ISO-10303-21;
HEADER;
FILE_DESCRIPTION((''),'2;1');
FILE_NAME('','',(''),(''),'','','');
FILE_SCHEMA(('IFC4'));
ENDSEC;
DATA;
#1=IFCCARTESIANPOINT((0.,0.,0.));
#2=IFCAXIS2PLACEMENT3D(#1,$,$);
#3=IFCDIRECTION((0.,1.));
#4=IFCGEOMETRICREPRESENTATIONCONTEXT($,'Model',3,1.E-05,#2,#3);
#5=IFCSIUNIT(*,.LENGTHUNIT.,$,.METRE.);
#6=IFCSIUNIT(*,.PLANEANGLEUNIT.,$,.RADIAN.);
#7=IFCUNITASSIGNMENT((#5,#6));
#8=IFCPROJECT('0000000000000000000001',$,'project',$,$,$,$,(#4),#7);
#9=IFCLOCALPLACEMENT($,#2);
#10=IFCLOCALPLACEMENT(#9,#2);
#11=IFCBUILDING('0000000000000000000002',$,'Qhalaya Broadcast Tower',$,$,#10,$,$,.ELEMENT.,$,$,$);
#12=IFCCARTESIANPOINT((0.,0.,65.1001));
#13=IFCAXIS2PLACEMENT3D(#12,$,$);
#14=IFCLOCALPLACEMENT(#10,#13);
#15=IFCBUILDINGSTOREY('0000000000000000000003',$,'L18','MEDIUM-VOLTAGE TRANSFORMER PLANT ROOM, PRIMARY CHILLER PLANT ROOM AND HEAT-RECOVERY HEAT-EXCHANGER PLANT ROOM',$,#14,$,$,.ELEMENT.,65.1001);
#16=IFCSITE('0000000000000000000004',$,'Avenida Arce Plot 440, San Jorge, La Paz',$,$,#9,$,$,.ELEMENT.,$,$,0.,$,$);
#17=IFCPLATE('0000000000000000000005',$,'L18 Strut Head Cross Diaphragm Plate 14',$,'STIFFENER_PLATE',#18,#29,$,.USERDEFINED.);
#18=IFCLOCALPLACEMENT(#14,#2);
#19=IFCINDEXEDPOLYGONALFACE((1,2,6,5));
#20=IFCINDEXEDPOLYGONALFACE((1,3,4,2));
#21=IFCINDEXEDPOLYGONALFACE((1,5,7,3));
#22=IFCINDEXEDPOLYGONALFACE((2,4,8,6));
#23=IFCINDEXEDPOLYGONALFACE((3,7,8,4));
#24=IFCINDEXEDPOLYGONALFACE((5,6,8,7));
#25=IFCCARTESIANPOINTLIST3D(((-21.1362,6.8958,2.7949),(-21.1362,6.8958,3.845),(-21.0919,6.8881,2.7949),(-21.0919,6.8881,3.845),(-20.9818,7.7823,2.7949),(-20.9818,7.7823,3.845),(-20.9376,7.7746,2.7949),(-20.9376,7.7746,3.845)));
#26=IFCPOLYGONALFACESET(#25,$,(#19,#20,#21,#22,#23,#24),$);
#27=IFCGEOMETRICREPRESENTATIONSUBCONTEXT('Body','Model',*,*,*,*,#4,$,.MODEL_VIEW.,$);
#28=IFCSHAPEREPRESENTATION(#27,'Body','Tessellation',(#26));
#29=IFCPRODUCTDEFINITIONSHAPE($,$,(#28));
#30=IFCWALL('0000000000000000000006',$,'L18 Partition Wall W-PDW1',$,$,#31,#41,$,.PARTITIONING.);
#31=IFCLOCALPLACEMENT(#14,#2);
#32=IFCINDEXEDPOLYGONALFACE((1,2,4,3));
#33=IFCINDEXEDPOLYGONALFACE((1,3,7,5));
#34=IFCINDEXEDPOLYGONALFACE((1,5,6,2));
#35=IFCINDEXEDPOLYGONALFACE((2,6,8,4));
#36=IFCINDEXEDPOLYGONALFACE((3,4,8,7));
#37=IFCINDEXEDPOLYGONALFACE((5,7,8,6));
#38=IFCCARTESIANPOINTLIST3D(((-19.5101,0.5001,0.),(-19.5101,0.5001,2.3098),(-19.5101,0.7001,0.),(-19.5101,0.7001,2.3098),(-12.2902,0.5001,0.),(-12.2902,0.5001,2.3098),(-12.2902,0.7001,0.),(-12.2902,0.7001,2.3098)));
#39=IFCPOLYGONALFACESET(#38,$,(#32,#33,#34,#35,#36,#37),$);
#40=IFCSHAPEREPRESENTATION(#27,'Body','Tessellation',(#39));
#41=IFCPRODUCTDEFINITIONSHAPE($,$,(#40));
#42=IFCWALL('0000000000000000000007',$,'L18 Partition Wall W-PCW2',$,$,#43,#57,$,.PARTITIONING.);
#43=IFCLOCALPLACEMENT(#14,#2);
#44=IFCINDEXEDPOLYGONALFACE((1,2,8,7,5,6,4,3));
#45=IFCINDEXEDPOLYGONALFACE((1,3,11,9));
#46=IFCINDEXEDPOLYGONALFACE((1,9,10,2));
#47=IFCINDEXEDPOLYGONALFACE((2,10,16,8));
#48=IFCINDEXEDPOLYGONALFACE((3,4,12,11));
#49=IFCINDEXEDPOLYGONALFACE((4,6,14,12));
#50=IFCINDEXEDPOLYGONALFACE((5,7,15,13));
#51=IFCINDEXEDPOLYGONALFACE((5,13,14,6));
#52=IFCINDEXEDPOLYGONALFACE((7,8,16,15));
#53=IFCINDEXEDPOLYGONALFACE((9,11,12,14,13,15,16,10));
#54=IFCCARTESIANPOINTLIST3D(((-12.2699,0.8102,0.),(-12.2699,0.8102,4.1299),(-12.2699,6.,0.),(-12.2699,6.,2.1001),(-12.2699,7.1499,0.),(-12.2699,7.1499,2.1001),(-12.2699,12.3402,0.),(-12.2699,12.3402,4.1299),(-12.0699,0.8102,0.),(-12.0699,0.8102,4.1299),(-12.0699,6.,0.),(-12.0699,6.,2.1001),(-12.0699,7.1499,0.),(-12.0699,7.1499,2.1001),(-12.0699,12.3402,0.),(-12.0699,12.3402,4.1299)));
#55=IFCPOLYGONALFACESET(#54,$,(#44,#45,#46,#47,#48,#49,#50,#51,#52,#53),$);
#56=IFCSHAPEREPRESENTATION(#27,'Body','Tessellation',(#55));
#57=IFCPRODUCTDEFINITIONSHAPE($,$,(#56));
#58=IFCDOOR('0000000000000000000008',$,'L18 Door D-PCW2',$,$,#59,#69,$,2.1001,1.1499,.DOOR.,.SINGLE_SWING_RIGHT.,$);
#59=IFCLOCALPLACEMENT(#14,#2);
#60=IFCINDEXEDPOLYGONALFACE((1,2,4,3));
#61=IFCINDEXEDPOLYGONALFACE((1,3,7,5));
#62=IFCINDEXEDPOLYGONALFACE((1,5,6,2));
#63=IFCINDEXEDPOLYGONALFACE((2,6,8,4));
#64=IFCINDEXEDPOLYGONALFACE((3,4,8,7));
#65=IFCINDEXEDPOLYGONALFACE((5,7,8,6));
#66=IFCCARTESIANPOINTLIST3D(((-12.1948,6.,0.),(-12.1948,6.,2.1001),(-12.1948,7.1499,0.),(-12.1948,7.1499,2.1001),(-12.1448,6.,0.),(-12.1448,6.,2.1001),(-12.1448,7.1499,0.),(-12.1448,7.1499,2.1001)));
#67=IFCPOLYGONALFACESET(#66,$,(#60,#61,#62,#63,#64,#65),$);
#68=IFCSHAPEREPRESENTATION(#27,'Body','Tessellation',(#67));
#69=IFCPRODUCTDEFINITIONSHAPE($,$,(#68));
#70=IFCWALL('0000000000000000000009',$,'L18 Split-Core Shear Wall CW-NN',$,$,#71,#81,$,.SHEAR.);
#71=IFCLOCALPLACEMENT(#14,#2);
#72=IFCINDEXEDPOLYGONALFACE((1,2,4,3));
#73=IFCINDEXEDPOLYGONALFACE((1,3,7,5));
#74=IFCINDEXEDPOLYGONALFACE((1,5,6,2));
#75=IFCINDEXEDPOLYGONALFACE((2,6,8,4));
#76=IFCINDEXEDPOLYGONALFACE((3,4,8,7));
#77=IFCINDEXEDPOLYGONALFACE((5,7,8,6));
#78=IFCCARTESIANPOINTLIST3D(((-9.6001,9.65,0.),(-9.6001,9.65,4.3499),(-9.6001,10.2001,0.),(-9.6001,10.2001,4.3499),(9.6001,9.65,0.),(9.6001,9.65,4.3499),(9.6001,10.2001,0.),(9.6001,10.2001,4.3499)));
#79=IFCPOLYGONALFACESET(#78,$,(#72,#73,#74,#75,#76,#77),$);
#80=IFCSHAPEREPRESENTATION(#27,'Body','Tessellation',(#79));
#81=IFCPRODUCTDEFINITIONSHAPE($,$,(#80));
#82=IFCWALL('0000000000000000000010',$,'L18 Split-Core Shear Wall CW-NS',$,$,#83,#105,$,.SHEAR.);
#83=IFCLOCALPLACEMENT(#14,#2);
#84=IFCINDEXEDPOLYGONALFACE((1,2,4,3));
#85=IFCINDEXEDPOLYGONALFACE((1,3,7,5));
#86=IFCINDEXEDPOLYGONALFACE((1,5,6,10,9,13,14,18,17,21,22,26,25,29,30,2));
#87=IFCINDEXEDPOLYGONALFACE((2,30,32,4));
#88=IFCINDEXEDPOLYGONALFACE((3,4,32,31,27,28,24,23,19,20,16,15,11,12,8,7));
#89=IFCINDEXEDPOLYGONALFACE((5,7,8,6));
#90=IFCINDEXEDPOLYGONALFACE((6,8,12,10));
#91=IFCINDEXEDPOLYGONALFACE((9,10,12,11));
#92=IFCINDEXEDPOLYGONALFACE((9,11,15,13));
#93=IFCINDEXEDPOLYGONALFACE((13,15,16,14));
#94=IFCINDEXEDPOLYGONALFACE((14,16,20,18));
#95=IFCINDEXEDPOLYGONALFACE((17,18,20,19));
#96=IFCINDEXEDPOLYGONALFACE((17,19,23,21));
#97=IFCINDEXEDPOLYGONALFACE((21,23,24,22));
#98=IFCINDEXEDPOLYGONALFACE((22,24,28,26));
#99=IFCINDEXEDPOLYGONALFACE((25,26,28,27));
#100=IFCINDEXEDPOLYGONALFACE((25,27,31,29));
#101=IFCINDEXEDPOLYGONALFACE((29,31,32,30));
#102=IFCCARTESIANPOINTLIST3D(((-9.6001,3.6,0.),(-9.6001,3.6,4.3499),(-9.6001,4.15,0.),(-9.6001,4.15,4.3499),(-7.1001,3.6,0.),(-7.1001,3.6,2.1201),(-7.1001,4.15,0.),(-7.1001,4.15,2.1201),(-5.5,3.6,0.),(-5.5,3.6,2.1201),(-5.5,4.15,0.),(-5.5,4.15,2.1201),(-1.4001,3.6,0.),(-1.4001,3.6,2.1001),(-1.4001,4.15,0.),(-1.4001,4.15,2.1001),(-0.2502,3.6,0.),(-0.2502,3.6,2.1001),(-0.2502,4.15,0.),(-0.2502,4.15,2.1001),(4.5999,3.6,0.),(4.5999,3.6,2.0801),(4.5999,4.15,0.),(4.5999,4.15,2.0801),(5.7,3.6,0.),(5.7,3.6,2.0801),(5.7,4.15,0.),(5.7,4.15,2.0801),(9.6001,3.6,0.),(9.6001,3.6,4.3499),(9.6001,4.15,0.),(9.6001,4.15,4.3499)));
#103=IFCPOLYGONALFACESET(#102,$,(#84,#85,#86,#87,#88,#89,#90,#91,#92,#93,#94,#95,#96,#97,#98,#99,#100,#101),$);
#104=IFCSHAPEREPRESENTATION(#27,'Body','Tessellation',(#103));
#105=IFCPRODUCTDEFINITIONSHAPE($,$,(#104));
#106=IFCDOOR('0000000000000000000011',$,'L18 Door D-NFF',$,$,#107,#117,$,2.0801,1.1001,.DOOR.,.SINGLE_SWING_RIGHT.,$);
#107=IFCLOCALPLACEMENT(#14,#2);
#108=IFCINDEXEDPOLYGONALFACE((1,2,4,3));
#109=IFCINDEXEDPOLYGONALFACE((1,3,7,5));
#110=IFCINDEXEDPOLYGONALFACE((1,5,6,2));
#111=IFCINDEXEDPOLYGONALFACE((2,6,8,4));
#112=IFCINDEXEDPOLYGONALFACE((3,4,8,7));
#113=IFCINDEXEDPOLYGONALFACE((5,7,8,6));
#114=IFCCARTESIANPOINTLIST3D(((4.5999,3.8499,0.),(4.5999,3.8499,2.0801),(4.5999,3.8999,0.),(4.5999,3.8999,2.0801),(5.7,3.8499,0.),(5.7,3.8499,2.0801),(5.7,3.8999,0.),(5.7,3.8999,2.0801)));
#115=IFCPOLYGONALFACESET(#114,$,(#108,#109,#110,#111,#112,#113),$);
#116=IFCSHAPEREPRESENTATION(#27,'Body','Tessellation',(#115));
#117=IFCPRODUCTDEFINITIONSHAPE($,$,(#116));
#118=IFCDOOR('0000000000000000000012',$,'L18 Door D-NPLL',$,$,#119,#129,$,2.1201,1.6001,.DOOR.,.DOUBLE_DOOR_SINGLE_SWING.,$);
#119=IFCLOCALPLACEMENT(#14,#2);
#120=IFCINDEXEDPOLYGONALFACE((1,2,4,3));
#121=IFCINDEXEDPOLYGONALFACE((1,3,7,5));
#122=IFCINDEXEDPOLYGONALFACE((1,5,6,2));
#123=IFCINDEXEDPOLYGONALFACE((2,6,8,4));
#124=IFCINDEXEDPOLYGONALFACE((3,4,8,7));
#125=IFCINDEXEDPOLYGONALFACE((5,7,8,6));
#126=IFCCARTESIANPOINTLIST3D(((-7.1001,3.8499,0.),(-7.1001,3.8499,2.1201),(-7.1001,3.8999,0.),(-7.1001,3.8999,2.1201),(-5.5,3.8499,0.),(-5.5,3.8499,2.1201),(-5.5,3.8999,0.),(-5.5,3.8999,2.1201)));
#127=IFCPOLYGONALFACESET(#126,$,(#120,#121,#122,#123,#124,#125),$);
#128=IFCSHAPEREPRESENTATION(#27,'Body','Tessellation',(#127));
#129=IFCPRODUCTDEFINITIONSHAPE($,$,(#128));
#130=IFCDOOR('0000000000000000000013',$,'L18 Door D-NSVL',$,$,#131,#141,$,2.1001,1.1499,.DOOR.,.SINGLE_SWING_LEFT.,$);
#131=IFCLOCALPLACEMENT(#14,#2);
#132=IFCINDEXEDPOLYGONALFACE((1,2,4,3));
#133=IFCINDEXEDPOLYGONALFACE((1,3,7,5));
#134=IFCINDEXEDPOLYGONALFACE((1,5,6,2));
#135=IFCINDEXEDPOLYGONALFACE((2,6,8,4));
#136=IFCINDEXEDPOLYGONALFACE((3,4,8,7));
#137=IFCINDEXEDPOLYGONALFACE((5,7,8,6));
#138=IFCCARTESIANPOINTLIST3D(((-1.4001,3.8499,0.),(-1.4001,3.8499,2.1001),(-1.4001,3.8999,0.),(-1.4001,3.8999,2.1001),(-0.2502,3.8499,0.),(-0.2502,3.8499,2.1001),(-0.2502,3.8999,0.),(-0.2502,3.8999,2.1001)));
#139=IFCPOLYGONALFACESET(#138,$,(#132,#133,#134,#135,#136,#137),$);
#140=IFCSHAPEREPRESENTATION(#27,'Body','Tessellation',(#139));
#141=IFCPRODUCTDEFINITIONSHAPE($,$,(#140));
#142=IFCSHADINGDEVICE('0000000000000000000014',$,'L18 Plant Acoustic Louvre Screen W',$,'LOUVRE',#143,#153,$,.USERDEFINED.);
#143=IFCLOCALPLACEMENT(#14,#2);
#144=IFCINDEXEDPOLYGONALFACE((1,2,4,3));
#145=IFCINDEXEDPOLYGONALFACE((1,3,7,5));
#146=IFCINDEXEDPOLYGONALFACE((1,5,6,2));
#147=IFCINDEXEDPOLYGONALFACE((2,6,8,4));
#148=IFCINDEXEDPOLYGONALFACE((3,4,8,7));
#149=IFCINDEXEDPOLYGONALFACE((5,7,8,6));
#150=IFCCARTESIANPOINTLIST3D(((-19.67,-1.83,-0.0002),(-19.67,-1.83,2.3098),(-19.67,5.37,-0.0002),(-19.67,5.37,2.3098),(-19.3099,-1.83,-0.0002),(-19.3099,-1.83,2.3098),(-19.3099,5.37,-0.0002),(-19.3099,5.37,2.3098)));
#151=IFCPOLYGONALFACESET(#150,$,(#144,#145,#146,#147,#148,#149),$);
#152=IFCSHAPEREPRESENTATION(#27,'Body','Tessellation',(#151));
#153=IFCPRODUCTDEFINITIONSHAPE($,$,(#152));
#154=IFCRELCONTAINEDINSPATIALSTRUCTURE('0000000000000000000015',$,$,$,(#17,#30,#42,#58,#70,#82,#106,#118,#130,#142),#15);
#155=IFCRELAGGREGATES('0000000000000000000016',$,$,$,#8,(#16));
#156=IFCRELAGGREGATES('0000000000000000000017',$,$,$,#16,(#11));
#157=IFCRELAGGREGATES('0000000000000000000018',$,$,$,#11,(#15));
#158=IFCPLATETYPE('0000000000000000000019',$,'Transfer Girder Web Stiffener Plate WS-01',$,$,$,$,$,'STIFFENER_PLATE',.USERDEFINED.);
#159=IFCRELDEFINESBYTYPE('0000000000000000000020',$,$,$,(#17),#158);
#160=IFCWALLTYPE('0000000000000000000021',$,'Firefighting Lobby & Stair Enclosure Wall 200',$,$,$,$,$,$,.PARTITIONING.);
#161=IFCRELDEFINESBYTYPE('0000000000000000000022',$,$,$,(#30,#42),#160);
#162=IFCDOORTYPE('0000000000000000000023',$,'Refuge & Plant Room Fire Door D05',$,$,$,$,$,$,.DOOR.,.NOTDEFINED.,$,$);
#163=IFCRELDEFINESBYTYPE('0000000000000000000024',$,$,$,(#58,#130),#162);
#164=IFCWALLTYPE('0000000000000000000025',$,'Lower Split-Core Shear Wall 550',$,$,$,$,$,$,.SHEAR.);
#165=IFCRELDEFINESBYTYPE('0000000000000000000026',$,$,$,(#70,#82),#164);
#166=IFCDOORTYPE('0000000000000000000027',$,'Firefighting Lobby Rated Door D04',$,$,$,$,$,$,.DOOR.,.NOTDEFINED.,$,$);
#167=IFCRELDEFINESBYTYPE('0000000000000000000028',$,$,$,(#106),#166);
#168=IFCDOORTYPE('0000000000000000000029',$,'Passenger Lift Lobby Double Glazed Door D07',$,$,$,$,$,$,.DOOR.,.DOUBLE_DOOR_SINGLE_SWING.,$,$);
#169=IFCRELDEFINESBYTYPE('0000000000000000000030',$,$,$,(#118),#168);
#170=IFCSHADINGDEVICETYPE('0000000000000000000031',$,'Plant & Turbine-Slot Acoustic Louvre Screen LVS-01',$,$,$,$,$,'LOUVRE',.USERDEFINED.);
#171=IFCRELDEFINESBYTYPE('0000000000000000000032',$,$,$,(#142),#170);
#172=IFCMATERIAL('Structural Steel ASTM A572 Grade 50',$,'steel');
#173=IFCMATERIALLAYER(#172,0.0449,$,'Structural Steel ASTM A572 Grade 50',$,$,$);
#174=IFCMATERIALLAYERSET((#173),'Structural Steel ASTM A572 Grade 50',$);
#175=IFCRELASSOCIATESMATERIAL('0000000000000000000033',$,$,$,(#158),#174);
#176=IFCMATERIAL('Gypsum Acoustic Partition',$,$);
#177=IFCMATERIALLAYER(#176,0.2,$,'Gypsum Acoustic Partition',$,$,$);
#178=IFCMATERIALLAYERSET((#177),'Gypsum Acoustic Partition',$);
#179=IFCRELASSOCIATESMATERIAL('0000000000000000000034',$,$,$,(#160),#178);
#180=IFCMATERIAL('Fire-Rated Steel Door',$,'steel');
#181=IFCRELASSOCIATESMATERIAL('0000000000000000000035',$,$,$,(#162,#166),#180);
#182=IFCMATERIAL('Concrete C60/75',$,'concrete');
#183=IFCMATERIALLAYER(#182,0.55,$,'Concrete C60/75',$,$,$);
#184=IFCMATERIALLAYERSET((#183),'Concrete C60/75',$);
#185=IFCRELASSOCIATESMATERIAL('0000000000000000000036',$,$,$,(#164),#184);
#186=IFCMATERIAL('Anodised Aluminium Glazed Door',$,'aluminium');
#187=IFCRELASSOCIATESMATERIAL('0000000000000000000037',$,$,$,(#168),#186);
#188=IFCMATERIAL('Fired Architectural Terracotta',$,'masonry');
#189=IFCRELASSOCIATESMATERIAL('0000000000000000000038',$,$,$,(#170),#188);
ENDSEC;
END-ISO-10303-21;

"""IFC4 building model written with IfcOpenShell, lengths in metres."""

from ifc_helpers import new_model, si_unit, direction, frame, frame_2d, origin, origin_2d, place, context, subcontext, project, spatial, rectangle, extrude, material, layer, layer_set, type_object, element, fill, save


model = new_model("IFC4")

# Units and contexts
model_context = context("Model", 3, precision=1e-05, world=origin(), true_north=direction((0.0, 1.0)))
body_context = subcontext(model_context, "Body", "Model", "MODEL_VIEW")
ifc_project = project(units=[si_unit("LENGTHUNIT", "METRE"), si_unit("PLANEANGLEUNIT", "RADIAN")], contexts=[model_context])

# Site, building, storey
site_placement = place(None, origin())
site = spatial("IfcSite", under=ifc_project, at=site_placement, Name="Avenida Arce Plot 440, San Jorge, La Paz", CompositionType="ELEMENT", RefElevation=0.0)
building_placement = place(site_placement, origin())
building = spatial("IfcBuilding", under=site, at=building_placement, Name="Qhalaya Broadcast Tower", CompositionType="ELEMENT")
storey_placement = place(building_placement, frame((0.0, 0.0, 65.1001)))
storey = spatial("IfcBuildingStorey", under=building, at=storey_placement, Name="L18", Description="MEDIUM-VOLTAGE TRANSFORMER PLANT ROOM, PRIMARY CHILLER PLANT ROOM AND HEAT-RECOVERY HEAT-EXCHANGER PLANT ROOM", CompositionType="ELEMENT", Elevation=65.1001)

# Shared definitions
ifc_material_1 = material(Name="Structural Steel ASTM A572 Grade 50", Category="steel")

# Plate
ifc_layer_1 = layer(ifc_material_1, 0.0449, Name="Structural Steel ASTM A572 Grade 50")
ifc_layer_set_1 = layer_set([ifc_layer_1], Name="Structural Steel ASTM A572 Grade 50")
plate_type_1 = type_object("IfcPlateType", Name="Transfer Girder Web Stiffener Plate WS-01", ElementType="STIFFENER_PLATE", PredefinedType="USERDEFINED", material=ifc_layer_set_1)
plate_1_placement = place(storey_placement, frame((-21.0369, 7.3352, 2.7949), z_axis=(0.0, 0.0, 1.0), x_axis=(-0.171482, -0.985187, 0.0)))
element("IfcPlate", 1, at=plate_1_placement, inside=storey, type_object=plate_type_1, Name="L18 Strut Head Cross Diaphragm Plate 14", ObjectType="STIFFENER_PLATE", PredefinedType="USERDEFINED", context=body_context, shape_type="SweptSolid", body=[
    extrude(rectangle(XDim=0.8999, YDim=0.0449, at=origin_2d()), origin(), (0.0, 0.0, 1.0), 1.05),
])

# Wall
ifc_material_2 = material(Name="Gypsum Acoustic Partition")
ifc_layer_2 = layer(ifc_material_2, 0.2, Name="Gypsum Acoustic Partition")
ifc_layer_set_2 = layer_set([ifc_layer_2], Name="Gypsum Acoustic Partition")
wall_type_1 = type_object("IfcWallType", Name="Firefighting Lobby & Stair Enclosure Wall 200", PredefinedType="PARTITIONING", material=ifc_layer_set_2)
wall_1_placement = place(storey_placement, frame((-19.51, 0.6001, 0.0), z_axis=(0.0, 0.0, 1.0), x_axis=(1.0, 0.0, 0.0)))
element("IfcWall", 2, at=wall_1_placement, inside=storey, type_object=wall_type_1, Name="L18 Partition Wall W-PDW1", PredefinedType="PARTITIONING", context=body_context, shape_type="SweptSolid", body=[
    extrude(rectangle(XDim=7.22, YDim=0.2, at=frame_2d((3.6099, 0.0))), origin(), (0.0, 0.0, 1.0), 2.3098),
])

# Wall, opening, door
wall_2_placement = place(storey_placement, frame((-12.1699, 0.8101, 0.0), z_axis=(0.0, 0.0, 1.0), x_axis=(0.0, 1.0, 0.0)))
wall_2 = element("IfcWall", 3, at=wall_2_placement, inside=storey, type_object=wall_type_1, Name="L18 Partition Wall W-PCW2", PredefinedType="PARTITIONING", context=body_context, shape_type="SweptSolid", body=[
    extrude(rectangle(XDim=11.53, YDim=0.2, at=frame_2d((5.7651, 0.0))), origin(), (0.0, 0.0, 1.0), 4.1299),
])
opening_1_placement = place(wall_2_placement, frame((5.1899, 0.0, 0.0)))
opening_1 = element("IfcOpeningElement", 4, at=opening_1_placement, cuts=wall_2, PredefinedType="OPENING", context=body_context, shape_type="SweptSolid", body=[
    extrude(rectangle(XDim=1.1499, YDim=2.1001, at=frame_2d((0.575, 1.05))), frame((0.0, 0.1121, 0.0), z_axis=(0.0, -1.0, 0.0), x_axis=(1.0, 0.0, 0.0)), (0.0, 0.0, 1.0), 0.2239),
])
ifc_material_3 = material(Name="Fire-Rated Steel Door", Category="steel")
door_type_1 = type_object("IfcDoorType", Name="Refuge & Plant Room Fire Door D05", OperationType="NOTDEFINED", PredefinedType="DOOR", material=ifc_material_3)
door_1_placement = place(opening_1_placement, origin())
door_1 = element("IfcDoor", 5, at=door_1_placement, inside=storey, type_object=door_type_1, Name="L18 Door D-PCW2", OperationType="SINGLE_SWING_RIGHT", OverallHeight=2.1001, OverallWidth=1.1499, PredefinedType="DOOR", context=body_context, shape_type="SweptSolid", body=[
    extrude(rectangle(XDim=1.1499, YDim=2.1001, at=frame_2d((0.575, 1.05))), frame((0.0, 0.0249, 0.0), z_axis=(0.0, -1.0, 0.0), x_axis=(1.0, 0.0, 0.0)), (0.0, 0.0, 1.0), 0.05),
])
fill(opening_1, door_1)

# Wall
ifc_material_4 = material(Name="Concrete C60/75", Category="concrete")
ifc_layer_3 = layer(ifc_material_4, 0.55, Name="Concrete C60/75")
ifc_layer_set_3 = layer_set([ifc_layer_3], Name="Concrete C60/75")
wall_type_2 = type_object("IfcWallType", Name="Lower Split-Core Shear Wall 550", PredefinedType="SHEAR", material=ifc_layer_set_3)
wall_3_placement = place(storey_placement, frame((-9.6001, 9.925, 0.0), z_axis=(0.0, 0.0, 1.0), x_axis=(1.0, 0.0, 0.0)))
element("IfcWall", 6, at=wall_3_placement, inside=storey, type_object=wall_type_2, Name="L18 Split-Core Shear Wall CW-NN", PredefinedType="SHEAR", context=body_context, shape_type="SweptSolid", body=[
    extrude(rectangle(XDim=19.2002, YDim=0.55, at=frame_2d((9.6001, 0.0))), origin(), (0.0, 0.0, 1.0), 4.3499),
])

# Wall, openings, doors
wall_4_placement = place(storey_placement, frame((-9.6001, 3.875, 0.0), z_axis=(0.0, 0.0, 1.0), x_axis=(1.0, 0.0, 0.0)))
wall_4 = element("IfcWall", 7, at=wall_4_placement, inside=storey, type_object=wall_type_2, Name="L18 Split-Core Shear Wall CW-NS", PredefinedType="SHEAR", context=body_context, shape_type="SweptSolid", body=[
    extrude(rectangle(XDim=19.2002, YDim=0.55, at=frame_2d((9.6001, 0.0))), origin(), (0.0, 0.0, 1.0), 4.3499),
])
opening_2_placement = place(wall_4_placement, frame((14.2, 0.0, 0.0)))
opening_2 = element("IfcOpeningElement", 8, at=opening_2_placement, cuts=wall_4, PredefinedType="OPENING", context=body_context, shape_type="SweptSolid", body=[
    extrude(rectangle(XDim=1.1001, YDim=2.0801, at=frame_2d((0.55, 1.04))), frame((0.0, 0.2871, 0.0), z_axis=(0.0, -1.0, 0.0), x_axis=(1.0, 0.0, 0.0)), (0.0, 0.0, 1.0), 0.574),
])
opening_3_placement = place(wall_4_placement, frame((8.2, 0.0, 0.0)))
opening_3 = element("IfcOpeningElement", 9, at=opening_3_placement, cuts=wall_4, PredefinedType="OPENING", context=body_context, shape_type="SweptSolid", body=[
    extrude(rectangle(XDim=1.1499, YDim=2.1001, at=frame_2d((0.575, 1.05))), frame((0.0, 0.2871, 0.0), z_axis=(0.0, -1.0, 0.0), x_axis=(1.0, 0.0, 0.0)), (0.0, 0.0, 1.0), 0.574),
])
opening_4_placement = place(wall_4_placement, frame((2.5, 0.0, 0.0)))
opening_4 = element("IfcOpeningElement", 10, at=opening_4_placement, cuts=wall_4, PredefinedType="OPENING", context=body_context, shape_type="SweptSolid", body=[
    extrude(rectangle(XDim=1.6001, YDim=2.1201, at=frame_2d((0.8, 1.0601))), frame((0.0, 0.2871, 0.0), z_axis=(0.0, -1.0, 0.0), x_axis=(1.0, 0.0, 0.0)), (0.0, 0.0, 1.0), 0.574),
])
door_type_2 = type_object("IfcDoorType", Name="Firefighting Lobby Rated Door D04", OperationType="NOTDEFINED", PredefinedType="DOOR", material=ifc_material_3)
door_2_placement = place(opening_2_placement, origin())
door_2 = element("IfcDoor", 11, at=door_2_placement, inside=storey, type_object=door_type_2, Name="L18 Door D-NFF", OperationType="SINGLE_SWING_RIGHT", OverallHeight=2.0801, OverallWidth=1.1001, PredefinedType="DOOR", context=body_context, shape_type="SweptSolid", body=[
    extrude(rectangle(XDim=1.1001, YDim=2.0801, at=frame_2d((0.55, 1.04))), frame((0.0, 0.0249, 0.0), z_axis=(0.0, -1.0, 0.0), x_axis=(1.0, 0.0, 0.0)), (0.0, 0.0, 1.0), 0.05),
])
fill(opening_2, door_2)
ifc_material_5 = material(Name="Anodised Aluminium Glazed Door", Category="aluminium")
door_type_3 = type_object("IfcDoorType", Name="Passenger Lift Lobby Double Glazed Door D07", OperationType="DOUBLE_DOOR_SINGLE_SWING", PredefinedType="DOOR", material=ifc_material_5)
door_3_placement = place(opening_4_placement, origin())
door_3 = element("IfcDoor", 12, at=door_3_placement, inside=storey, type_object=door_type_3, Name="L18 Door D-NPLL", OperationType="DOUBLE_DOOR_SINGLE_SWING", OverallHeight=2.1201, OverallWidth=1.6001, PredefinedType="DOOR", context=body_context, shape_type="SweptSolid", body=[
    extrude(rectangle(XDim=1.6001, YDim=2.1201, at=frame_2d((0.8, 1.0601))), frame((0.0, 0.0249, 0.0), z_axis=(0.0, -1.0, 0.0), x_axis=(1.0, 0.0, 0.0)), (0.0, 0.0, 1.0), 0.05),
])
fill(opening_4, door_3)
door_4_placement = place(opening_3_placement, origin())
door_4 = element("IfcDoor", 13, at=door_4_placement, inside=storey, type_object=door_type_1, Name="L18 Door D-NSVL", OperationType="SINGLE_SWING_LEFT", OverallHeight=2.1001, OverallWidth=1.1499, PredefinedType="DOOR", context=body_context, shape_type="SweptSolid", body=[
    extrude(rectangle(XDim=1.1499, YDim=2.1001, at=frame_2d((0.575, 1.05))), frame((0.0, 0.0249, 0.0), z_axis=(0.0, -1.0, 0.0), x_axis=(1.0, 0.0, 0.0)), (0.0, 0.0, 1.0), 0.05),
])
fill(opening_3, door_4)

# Shading device
ifc_material_6 = material(Name="Fired Architectural Terracotta", Category="masonry")
shading_device_type = type_object("IfcShadingDeviceType", Name="Plant & Turbine-Slot Acoustic Louvre Screen LVS-01", ElementType="LOUVRE", PredefinedType="USERDEFINED", material=ifc_material_6)
shading_device_placement = place(storey_placement, frame((-19.49, 1.77, -0.0002), z_axis=(0.0, 0.0, 1.0), x_axis=(0.0, 1.0, 0.0)))
element("IfcShadingDevice", 14, at=shading_device_placement, inside=storey, type_object=shading_device_type, Name="L18 Plant Acoustic Louvre Screen W", ObjectType="LOUVRE", PredefinedType="USERDEFINED", context=body_context, shape_type="SweptSolid", body=[
    extrude(rectangle(XDim=7.2, YDim=0.3601, at=origin_2d()), origin(), (0.0, 0.0, 1.0), 2.3101),
])

save(model, "model.ifc")
